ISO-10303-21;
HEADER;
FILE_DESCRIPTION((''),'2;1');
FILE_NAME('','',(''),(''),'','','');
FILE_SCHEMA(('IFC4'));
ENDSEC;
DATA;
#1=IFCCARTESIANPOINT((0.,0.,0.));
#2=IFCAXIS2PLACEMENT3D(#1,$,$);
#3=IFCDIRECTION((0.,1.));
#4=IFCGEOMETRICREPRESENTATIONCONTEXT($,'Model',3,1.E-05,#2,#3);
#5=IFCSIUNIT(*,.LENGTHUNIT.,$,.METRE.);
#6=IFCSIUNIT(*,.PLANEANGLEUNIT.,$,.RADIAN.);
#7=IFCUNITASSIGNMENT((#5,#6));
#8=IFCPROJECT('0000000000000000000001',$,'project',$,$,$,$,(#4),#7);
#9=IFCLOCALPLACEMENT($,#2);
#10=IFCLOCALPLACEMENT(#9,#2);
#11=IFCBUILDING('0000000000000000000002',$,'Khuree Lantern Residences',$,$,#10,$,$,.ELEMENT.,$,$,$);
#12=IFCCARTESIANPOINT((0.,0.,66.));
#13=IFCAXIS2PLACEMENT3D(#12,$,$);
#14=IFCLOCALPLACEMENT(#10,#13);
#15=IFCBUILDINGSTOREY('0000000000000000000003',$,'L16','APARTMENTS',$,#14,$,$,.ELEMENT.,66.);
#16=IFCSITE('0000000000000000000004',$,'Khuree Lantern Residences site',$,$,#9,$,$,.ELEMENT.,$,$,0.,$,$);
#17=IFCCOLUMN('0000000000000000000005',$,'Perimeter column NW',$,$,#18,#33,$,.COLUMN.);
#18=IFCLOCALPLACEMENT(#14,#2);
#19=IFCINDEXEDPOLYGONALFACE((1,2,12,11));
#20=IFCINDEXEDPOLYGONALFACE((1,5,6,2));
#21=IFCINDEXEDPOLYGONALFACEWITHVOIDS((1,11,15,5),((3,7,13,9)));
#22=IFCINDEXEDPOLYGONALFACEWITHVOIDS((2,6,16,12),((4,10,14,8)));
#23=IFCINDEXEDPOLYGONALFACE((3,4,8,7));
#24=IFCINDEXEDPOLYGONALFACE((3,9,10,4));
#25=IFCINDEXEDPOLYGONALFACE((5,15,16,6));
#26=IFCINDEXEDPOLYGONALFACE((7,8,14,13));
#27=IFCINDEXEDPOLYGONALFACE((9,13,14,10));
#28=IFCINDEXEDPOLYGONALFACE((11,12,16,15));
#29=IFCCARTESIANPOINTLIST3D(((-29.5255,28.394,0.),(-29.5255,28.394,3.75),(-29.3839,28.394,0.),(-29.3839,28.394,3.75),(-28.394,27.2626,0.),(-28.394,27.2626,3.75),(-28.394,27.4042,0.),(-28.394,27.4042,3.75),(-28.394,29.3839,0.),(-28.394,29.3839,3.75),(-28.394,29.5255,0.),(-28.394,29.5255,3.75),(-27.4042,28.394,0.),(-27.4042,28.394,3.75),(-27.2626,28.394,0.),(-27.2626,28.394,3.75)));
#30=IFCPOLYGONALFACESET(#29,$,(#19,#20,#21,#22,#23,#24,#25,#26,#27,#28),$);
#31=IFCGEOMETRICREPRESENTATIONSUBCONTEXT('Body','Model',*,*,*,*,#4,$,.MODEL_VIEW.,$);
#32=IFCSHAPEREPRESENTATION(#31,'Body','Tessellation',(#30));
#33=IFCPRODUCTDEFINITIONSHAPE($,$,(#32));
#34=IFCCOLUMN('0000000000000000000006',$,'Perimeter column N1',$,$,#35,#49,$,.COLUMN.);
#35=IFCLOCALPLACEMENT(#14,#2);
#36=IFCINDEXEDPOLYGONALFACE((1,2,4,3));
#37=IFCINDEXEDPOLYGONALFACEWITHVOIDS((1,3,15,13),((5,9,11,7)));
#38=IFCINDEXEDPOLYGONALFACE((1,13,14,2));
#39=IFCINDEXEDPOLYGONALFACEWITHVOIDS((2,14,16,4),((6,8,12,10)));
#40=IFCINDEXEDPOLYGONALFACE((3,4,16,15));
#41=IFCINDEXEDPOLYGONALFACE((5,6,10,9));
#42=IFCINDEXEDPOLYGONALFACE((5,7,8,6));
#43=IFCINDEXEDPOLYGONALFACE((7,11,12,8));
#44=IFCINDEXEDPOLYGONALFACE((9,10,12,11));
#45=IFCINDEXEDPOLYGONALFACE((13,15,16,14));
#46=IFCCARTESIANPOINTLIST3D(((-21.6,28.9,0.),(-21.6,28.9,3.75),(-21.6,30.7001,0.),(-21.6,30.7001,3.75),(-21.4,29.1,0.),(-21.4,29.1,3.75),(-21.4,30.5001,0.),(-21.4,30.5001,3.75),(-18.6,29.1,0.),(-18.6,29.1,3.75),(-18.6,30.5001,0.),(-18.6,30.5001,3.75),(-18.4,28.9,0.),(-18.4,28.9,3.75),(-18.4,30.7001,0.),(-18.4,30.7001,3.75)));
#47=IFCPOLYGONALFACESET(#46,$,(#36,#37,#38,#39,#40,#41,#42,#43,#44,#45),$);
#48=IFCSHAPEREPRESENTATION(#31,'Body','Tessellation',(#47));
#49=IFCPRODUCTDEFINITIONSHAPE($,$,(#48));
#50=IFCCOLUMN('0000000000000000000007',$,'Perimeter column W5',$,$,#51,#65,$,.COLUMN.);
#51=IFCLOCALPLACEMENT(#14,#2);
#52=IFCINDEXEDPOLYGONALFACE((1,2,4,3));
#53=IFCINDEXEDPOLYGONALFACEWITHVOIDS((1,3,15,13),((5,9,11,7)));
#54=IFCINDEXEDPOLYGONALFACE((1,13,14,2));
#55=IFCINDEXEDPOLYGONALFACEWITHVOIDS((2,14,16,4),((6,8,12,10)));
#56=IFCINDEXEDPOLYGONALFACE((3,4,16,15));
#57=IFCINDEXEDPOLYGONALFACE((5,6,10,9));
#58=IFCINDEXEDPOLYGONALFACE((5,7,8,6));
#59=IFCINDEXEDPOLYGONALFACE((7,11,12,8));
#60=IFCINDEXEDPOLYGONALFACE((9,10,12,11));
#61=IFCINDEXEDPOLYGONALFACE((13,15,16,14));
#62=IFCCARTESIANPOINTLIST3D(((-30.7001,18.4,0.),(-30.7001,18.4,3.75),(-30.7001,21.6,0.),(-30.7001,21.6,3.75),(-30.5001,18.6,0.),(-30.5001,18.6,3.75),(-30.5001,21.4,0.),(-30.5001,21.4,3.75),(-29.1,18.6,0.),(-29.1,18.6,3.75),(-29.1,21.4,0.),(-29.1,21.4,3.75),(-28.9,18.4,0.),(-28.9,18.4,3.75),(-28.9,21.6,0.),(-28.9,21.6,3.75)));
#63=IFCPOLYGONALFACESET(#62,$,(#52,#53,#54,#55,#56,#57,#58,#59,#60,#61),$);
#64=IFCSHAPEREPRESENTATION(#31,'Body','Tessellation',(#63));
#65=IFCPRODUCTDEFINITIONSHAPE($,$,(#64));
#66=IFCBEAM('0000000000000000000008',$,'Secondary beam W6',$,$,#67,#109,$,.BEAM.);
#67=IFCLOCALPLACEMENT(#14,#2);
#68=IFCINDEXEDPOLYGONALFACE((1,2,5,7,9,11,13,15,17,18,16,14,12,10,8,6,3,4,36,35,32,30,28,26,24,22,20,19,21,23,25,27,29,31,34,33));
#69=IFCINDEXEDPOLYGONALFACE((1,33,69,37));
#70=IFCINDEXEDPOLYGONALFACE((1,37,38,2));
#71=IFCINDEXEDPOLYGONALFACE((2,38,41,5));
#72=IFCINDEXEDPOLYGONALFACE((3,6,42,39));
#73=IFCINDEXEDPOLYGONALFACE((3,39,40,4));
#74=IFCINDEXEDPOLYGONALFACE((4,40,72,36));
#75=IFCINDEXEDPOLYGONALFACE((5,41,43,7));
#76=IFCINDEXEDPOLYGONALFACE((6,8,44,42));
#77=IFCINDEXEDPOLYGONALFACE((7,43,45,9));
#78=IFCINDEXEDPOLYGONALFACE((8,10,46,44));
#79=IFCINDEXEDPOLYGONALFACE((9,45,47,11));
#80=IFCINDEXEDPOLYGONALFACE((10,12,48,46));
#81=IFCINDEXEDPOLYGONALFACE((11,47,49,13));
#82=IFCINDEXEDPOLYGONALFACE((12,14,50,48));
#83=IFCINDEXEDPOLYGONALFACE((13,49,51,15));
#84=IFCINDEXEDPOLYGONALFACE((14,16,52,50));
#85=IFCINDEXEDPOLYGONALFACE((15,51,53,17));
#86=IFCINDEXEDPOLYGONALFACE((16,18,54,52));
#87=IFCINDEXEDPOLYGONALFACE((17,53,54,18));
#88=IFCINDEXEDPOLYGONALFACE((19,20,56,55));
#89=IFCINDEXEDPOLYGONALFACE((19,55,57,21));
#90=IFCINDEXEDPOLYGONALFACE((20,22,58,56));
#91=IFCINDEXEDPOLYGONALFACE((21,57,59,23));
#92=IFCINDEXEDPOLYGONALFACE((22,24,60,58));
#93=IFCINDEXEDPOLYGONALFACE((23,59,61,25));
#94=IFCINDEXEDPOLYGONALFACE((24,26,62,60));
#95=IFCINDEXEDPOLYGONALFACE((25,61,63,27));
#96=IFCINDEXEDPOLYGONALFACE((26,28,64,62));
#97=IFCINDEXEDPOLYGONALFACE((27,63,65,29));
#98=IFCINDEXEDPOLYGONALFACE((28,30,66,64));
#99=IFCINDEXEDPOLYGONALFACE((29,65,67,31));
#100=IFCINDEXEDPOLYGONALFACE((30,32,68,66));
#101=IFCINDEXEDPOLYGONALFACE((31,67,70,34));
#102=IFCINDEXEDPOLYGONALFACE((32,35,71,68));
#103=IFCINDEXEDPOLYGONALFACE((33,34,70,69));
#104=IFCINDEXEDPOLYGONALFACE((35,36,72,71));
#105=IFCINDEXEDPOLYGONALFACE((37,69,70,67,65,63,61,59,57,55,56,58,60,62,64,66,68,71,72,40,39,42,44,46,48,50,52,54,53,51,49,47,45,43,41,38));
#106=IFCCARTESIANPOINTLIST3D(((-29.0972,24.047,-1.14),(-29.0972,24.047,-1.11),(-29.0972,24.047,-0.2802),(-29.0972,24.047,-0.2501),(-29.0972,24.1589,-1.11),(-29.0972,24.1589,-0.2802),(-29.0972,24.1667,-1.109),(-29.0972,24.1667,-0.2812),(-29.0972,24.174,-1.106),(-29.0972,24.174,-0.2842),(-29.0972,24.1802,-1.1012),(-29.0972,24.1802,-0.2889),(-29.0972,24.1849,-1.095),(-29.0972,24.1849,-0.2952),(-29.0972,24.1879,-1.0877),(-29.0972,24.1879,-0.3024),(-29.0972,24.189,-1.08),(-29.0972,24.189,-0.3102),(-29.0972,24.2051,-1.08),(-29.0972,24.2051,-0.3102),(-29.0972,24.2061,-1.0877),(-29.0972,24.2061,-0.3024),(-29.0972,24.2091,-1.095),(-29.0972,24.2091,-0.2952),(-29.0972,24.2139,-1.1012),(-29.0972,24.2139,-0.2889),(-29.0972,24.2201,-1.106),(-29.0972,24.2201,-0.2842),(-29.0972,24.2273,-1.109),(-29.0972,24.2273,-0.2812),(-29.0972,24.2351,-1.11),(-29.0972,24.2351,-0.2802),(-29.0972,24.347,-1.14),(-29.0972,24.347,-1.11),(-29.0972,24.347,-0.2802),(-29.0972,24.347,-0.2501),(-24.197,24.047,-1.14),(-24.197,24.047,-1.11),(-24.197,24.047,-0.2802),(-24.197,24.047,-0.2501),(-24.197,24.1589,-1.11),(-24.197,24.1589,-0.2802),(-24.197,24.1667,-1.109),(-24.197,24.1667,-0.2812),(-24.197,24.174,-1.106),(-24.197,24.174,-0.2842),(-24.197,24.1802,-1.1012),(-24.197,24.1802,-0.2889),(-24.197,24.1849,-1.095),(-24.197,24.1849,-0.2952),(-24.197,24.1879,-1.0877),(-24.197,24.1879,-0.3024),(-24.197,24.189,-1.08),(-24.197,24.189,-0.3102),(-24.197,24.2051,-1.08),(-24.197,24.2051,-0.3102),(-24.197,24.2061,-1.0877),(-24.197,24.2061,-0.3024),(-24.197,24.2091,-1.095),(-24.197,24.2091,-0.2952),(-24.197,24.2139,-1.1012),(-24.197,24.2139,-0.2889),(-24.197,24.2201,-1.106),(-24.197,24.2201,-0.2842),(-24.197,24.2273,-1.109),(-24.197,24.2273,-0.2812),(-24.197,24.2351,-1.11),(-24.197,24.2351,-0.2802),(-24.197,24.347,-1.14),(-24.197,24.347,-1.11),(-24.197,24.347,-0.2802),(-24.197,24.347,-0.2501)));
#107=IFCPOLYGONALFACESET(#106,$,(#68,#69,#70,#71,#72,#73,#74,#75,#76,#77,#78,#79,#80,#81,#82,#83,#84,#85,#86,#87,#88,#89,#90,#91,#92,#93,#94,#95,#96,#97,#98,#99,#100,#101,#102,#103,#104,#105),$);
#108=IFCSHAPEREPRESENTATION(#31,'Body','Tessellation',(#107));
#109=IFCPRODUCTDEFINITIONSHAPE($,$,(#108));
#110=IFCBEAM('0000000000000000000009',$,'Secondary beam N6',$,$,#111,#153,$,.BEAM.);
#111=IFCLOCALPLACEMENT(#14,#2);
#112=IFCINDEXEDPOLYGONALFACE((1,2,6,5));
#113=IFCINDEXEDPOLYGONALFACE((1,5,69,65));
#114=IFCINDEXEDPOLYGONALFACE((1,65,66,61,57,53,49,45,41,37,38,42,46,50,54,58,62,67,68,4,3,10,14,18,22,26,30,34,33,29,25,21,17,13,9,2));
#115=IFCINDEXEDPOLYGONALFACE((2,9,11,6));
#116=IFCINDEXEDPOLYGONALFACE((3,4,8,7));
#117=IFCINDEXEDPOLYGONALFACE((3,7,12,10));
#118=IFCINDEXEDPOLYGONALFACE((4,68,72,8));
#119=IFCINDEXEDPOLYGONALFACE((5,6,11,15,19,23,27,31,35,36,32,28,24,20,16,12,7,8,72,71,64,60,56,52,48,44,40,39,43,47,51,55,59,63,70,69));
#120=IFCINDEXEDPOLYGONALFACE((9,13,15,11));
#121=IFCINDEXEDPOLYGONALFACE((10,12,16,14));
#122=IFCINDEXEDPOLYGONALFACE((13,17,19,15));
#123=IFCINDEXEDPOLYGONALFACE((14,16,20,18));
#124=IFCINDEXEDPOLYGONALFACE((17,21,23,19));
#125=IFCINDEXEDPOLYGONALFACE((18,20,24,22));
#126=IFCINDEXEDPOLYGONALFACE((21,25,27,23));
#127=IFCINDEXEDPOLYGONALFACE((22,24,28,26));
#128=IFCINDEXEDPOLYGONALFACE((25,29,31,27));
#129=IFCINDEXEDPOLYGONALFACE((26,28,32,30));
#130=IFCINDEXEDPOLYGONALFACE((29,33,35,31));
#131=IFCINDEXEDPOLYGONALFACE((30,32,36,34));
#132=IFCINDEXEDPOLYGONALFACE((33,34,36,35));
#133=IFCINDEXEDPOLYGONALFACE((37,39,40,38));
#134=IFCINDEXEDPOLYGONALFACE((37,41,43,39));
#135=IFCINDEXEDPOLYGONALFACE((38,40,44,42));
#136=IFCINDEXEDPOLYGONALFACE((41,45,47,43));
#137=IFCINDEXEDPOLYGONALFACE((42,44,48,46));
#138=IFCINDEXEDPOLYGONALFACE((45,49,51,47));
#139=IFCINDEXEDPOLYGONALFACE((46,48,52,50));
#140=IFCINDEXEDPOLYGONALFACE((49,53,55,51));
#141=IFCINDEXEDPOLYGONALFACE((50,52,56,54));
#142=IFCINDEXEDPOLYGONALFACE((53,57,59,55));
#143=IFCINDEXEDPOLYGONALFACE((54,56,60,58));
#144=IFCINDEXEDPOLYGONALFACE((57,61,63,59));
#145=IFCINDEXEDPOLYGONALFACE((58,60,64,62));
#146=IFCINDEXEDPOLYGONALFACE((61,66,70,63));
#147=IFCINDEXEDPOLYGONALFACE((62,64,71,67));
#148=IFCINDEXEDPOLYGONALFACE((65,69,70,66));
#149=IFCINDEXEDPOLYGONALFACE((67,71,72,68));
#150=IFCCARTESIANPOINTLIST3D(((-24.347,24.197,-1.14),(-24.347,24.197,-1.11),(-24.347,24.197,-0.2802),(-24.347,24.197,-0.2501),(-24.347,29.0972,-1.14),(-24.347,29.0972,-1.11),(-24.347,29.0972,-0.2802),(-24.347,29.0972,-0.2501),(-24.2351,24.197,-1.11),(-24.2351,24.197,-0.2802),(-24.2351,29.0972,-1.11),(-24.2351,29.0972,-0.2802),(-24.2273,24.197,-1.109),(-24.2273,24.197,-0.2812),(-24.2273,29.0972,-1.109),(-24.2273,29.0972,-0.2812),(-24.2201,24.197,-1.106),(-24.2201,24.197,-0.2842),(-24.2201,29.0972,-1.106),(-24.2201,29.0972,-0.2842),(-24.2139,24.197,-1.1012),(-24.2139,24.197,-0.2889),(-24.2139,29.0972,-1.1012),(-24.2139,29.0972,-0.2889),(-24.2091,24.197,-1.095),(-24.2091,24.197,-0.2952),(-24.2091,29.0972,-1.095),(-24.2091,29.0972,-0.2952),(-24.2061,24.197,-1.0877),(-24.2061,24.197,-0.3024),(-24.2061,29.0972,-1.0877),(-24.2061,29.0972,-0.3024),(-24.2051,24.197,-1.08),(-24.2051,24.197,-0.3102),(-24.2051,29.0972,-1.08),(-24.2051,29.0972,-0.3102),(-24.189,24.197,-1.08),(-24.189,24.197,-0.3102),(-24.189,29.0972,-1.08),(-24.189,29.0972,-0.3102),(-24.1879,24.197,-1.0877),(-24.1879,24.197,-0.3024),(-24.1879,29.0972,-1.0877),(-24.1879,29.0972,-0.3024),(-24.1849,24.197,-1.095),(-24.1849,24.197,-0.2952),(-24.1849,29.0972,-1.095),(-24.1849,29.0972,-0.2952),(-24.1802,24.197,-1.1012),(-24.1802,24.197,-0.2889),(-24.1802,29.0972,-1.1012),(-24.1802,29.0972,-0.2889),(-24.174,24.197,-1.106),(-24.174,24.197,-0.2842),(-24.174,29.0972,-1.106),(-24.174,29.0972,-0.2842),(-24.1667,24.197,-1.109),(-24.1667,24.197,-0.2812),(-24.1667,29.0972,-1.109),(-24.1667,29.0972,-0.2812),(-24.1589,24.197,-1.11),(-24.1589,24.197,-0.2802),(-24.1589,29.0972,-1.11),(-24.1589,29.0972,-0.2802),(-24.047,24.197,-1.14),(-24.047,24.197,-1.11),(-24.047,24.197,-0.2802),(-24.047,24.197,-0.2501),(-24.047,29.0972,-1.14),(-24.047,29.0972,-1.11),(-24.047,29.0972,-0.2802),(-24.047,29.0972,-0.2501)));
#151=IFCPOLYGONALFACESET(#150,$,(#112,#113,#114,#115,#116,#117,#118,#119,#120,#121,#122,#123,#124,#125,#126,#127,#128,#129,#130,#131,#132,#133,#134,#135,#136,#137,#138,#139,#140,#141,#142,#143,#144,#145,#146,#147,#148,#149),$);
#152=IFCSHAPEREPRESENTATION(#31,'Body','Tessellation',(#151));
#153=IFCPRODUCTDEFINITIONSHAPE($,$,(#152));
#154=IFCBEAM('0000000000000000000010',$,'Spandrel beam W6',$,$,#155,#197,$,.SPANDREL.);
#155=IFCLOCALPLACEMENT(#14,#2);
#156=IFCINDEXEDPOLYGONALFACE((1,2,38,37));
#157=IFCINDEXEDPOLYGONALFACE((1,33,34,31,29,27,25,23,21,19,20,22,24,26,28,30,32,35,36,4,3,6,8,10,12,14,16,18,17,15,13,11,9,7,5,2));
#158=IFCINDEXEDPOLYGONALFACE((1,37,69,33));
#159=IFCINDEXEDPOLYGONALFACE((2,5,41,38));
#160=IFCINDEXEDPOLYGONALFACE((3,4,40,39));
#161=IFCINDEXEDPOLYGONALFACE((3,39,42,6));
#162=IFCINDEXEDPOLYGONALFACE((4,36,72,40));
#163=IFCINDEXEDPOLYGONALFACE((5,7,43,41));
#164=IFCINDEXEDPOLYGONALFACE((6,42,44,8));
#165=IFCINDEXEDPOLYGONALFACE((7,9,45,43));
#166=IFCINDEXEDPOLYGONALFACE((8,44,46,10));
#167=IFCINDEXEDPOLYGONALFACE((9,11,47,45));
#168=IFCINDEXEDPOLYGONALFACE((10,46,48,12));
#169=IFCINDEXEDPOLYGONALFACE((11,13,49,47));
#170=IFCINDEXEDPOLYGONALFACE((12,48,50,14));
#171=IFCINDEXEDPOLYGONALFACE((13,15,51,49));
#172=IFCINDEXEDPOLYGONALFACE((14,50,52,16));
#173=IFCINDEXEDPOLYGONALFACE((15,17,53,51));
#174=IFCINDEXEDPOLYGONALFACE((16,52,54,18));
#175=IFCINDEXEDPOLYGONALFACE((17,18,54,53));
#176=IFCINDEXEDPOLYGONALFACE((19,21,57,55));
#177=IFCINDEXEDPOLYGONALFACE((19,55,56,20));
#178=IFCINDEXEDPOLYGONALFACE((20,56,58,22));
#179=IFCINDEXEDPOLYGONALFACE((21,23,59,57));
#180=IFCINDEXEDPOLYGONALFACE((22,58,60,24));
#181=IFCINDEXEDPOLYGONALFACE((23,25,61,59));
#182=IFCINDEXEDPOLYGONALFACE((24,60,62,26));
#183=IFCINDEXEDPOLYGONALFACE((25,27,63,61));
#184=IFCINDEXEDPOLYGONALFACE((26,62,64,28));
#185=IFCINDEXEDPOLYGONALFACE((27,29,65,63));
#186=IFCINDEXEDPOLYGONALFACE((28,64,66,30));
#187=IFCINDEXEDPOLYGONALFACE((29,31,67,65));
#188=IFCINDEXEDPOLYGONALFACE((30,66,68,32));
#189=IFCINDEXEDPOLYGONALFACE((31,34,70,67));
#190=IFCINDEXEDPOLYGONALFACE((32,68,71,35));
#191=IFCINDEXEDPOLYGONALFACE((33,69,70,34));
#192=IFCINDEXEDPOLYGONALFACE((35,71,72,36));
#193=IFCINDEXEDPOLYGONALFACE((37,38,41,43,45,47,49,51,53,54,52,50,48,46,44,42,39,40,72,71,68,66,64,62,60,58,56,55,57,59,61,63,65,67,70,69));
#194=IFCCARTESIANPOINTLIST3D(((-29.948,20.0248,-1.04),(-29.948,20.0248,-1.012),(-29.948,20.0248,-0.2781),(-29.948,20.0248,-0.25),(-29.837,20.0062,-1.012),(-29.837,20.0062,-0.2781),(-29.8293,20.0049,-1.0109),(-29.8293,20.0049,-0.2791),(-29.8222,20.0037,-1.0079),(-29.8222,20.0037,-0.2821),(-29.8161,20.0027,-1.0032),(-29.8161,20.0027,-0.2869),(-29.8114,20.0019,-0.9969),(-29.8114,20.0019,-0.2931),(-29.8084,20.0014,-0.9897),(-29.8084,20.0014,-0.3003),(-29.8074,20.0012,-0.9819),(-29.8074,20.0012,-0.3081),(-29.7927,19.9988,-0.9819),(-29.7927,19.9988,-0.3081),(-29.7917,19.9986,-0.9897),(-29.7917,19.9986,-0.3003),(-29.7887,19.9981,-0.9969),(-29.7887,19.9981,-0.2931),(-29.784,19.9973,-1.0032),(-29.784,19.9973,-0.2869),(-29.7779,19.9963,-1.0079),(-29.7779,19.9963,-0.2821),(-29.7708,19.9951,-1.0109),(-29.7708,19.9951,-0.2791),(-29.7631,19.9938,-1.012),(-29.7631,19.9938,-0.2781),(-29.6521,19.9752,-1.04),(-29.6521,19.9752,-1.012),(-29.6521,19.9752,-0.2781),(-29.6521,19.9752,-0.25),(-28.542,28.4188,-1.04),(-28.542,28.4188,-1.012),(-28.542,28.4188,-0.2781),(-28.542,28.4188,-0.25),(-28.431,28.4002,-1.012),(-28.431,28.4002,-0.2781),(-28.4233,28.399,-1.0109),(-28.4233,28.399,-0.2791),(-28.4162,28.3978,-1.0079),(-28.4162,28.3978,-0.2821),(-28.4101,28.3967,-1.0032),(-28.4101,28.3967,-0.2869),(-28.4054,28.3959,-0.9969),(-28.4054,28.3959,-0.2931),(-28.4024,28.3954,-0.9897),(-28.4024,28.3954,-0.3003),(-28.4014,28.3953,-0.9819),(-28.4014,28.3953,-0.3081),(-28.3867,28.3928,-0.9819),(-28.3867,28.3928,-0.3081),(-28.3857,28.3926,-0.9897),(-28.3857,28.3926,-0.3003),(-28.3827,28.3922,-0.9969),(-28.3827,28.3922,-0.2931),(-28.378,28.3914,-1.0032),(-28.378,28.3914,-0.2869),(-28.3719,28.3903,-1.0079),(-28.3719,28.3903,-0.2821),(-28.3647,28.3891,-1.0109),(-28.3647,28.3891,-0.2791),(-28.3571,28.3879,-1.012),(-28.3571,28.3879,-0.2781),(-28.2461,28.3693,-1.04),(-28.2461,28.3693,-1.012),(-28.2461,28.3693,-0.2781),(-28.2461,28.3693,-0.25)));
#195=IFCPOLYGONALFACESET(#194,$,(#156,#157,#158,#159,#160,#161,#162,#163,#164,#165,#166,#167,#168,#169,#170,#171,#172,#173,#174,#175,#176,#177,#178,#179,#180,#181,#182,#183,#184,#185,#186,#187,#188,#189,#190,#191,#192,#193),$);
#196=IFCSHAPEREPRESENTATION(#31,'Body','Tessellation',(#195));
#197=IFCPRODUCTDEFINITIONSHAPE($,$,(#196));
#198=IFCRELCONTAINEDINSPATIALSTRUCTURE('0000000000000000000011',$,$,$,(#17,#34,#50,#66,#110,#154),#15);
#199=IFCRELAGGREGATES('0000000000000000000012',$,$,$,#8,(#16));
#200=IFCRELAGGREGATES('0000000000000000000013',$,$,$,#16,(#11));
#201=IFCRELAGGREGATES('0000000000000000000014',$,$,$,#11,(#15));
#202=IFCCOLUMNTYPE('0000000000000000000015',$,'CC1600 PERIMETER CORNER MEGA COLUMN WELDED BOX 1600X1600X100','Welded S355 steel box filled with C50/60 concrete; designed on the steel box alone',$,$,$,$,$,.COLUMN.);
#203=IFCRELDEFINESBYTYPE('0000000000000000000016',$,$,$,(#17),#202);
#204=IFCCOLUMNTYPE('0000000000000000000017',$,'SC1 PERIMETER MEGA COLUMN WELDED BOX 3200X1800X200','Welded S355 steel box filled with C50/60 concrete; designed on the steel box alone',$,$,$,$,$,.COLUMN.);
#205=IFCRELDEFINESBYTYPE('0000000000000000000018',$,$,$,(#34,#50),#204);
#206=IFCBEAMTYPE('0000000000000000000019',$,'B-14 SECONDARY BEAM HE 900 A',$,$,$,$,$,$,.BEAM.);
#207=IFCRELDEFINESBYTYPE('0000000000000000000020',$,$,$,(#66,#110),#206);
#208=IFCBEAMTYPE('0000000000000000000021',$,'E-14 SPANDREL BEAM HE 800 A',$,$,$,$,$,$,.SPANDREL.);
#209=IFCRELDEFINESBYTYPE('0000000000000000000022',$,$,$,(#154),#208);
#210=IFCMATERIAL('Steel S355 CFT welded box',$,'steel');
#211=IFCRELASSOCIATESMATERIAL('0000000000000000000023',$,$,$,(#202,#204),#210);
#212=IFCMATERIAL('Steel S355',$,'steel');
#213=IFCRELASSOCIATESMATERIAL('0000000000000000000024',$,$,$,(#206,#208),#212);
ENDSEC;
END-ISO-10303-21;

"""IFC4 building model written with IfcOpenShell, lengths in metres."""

from ifc_helpers import new_model, si_unit, direction, frame, origin, origin_2d, place, context, subcontext, project, spatial, hollow_rectangle, i_section, extrude, material, material_profile, profile_set, type_object, element, save


model = new_model("IFC4")

# Units and contexts
model_context = context("Model", 3, precision=1e-05, world=origin(), true_north=direction((0.0, 1.0)))
body_context = subcontext(model_context, "Body", "Model", "MODEL_VIEW")
ifc_project = project(units=[si_unit("LENGTHUNIT", "METRE"), si_unit("PLANEANGLEUNIT", "RADIAN")], contexts=[model_context])

# Site, building, storey
site_placement = place(None, origin())
site = spatial("IfcSite", under=ifc_project, at=site_placement, Name="Khuree Lantern Residences site", CompositionType="ELEMENT", RefElevation=0.0)
building_placement = place(site_placement, origin())
building = spatial("IfcBuilding", under=site, at=building_placement, Name="Khuree Lantern Residences", CompositionType="ELEMENT")
storey_placement = place(building_placement, frame((0.0, 0.0, 66.0)))
storey = spatial("IfcBuildingStorey", under=building, at=storey_placement, Name="L16", Description="APARTMENTS", CompositionType="ELEMENT", Elevation=66.0)

# Columns
ifc_material_1 = material(Name="Steel S355 CFT welded box", Category="steel")
ifc_material_profile_1 = material_profile(ifc_material_1, hollow_rectangle(XDim=1.6001, YDim=1.6001, WallThickness=0.1001, at=origin_2d()), Name="WELDED BOX 1600X1600X100")
ifc_profile_set_1 = profile_set([ifc_material_profile_1], Name="Steel S355 CFT welded box")
column_type_1 = type_object("IfcColumnType", Name="CC1600 PERIMETER CORNER MEGA COLUMN WELDED BOX 1600X1600X100", Description="Welded S355 steel box filled with C50/60 concrete; designed on the steel box alone", PredefinedType="COLUMN", material=ifc_profile_set_1)
column_placement = place(storey_placement, frame((-28.394, 28.394, 0.0), z_axis=(0.0, 0.0, 1.0), x_axis=(0.707107, 0.707107, 0.0)))
element("IfcColumn", 1, at=column_placement, inside=storey, type_object=column_type_1, Name="Perimeter column NW", PredefinedType="COLUMN", context=body_context, shape_type="SweptSolid", body=[
    extrude(hollow_rectangle(XDim=1.6001, YDim=1.6001, WallThickness=0.1001, at=origin_2d()), origin(), (0.0, 0.0, 1.0), 3.75),
])
ifc_material_profile_2 = material_profile(ifc_material_1, hollow_rectangle(XDim=3.2, YDim=1.8, WallThickness=0.2, at=origin_2d()), Name="WELDED BOX 3200X1800X200")
ifc_profile_set_2 = profile_set([ifc_material_profile_2], Name="Steel S355 CFT welded box")
column_type_2 = type_object("IfcColumnType", Name="SC1 PERIMETER MEGA COLUMN WELDED BOX 3200X1800X200", Description="Welded S355 steel box filled with C50/60 concrete; designed on the steel box alone", PredefinedType="COLUMN", material=ifc_profile_set_2)
for number, where, z_axis, x_axis, name in (
    (2, (-20.0, 29.8, 0.0), (0.0, 0.0, 1.0), (1.0, 0.0, 0.0), "Perimeter column N1"),
    (3, (-29.8, 20.0, 0.0), (0.0, 0.0, 1.0), (0.0, 1.0, 0.0), "Perimeter column W5"),
):
    element("IfcColumn", number, at=place(storey_placement, frame(where, z_axis=z_axis, x_axis=x_axis)), inside=storey, type_object=column_type_2, Name=name, PredefinedType="COLUMN", context=body_context, shape_type="SweptSolid", body=[
        extrude(hollow_rectangle(XDim=3.2, YDim=1.8, WallThickness=0.2, at=origin_2d()), origin(), (0.0, 0.0, 1.0), 3.75),
    ])

# Beams
ifc_material_2 = material(Name="Steel S355", Category="steel")
ifc_material_profile_3 = material_profile(ifc_material_2, i_section(OverallWidth=0.3, OverallDepth=0.8899, WebThickness=0.0161, FlangeThickness=0.03, FilletRadius=0.03, at=origin_2d()), Name="HE 900 A")
ifc_profile_set_3 = profile_set([ifc_material_profile_3], Name="Steel S355")
beam_type_1 = type_object("IfcBeamType", Name="B-14 SECONDARY BEAM HE 900 A", PredefinedType="BEAM", material=ifc_profile_set_3)
for number, where, z_axis, x_axis, name in (
    (4, (-29.0972, 24.197, -0.6951), (1.0, 0.0, 0.0), (0.0, 1.0, 0.0), "Secondary beam W6"),
    (5, (-24.197, 29.0972, -0.6951), (0.0, -1.0, 0.0), (1.0, 0.0, 0.0), "Secondary beam N6"),
):
    element("IfcBeam", number, at=place(storey_placement, frame(where, z_axis=z_axis, x_axis=x_axis)), inside=storey, type_object=beam_type_1, Name=name, PredefinedType="BEAM", context=body_context, shape_type="SweptSolid", body=[
        extrude(i_section(OverallWidth=0.3, OverallDepth=0.8899, WebThickness=0.0161, FlangeThickness=0.03, FilletRadius=0.03, at=origin_2d()), origin(), (0.0, 0.0, 1.0), 4.9001),
    ])
ifc_material_profile_4 = material_profile(ifc_material_2, i_section(OverallWidth=0.3, OverallDepth=0.79, WebThickness=0.0149, FlangeThickness=0.0281, FilletRadius=0.03, at=origin_2d()), Name="HE 800 A")
ifc_profile_set_4 = profile_set([ifc_material_profile_4], Name="Steel S355")
beam_type_2 = type_object("IfcBeamType", Name="E-14 SPANDREL BEAM HE 800 A", PredefinedType="SPANDREL", material=ifc_profile_set_4)
for number, where, z_axis, x_axis, name in (
    (6, (-29.8, 20.0, -0.645), (0.165199, 0.98626, 0.0), (-0.98626, 0.165199, 0.0), "Spandrel beam W6"),
):
    element("IfcBeam", number, at=place(storey_placement, frame(where, z_axis=z_axis, x_axis=x_axis)), inside=storey, type_object=beam_type_2, Name=name, PredefinedType="SPANDREL", context=body_context, shape_type="SweptSolid", body=[
        extrude(i_section(OverallWidth=0.3, OverallDepth=0.79, WebThickness=0.0149, FlangeThickness=0.0281, FilletRadius=0.03, at=origin_2d()), origin(), (0.0, 0.0, 1.0), 8.511),
    ])

save(model, "model.ifc")
